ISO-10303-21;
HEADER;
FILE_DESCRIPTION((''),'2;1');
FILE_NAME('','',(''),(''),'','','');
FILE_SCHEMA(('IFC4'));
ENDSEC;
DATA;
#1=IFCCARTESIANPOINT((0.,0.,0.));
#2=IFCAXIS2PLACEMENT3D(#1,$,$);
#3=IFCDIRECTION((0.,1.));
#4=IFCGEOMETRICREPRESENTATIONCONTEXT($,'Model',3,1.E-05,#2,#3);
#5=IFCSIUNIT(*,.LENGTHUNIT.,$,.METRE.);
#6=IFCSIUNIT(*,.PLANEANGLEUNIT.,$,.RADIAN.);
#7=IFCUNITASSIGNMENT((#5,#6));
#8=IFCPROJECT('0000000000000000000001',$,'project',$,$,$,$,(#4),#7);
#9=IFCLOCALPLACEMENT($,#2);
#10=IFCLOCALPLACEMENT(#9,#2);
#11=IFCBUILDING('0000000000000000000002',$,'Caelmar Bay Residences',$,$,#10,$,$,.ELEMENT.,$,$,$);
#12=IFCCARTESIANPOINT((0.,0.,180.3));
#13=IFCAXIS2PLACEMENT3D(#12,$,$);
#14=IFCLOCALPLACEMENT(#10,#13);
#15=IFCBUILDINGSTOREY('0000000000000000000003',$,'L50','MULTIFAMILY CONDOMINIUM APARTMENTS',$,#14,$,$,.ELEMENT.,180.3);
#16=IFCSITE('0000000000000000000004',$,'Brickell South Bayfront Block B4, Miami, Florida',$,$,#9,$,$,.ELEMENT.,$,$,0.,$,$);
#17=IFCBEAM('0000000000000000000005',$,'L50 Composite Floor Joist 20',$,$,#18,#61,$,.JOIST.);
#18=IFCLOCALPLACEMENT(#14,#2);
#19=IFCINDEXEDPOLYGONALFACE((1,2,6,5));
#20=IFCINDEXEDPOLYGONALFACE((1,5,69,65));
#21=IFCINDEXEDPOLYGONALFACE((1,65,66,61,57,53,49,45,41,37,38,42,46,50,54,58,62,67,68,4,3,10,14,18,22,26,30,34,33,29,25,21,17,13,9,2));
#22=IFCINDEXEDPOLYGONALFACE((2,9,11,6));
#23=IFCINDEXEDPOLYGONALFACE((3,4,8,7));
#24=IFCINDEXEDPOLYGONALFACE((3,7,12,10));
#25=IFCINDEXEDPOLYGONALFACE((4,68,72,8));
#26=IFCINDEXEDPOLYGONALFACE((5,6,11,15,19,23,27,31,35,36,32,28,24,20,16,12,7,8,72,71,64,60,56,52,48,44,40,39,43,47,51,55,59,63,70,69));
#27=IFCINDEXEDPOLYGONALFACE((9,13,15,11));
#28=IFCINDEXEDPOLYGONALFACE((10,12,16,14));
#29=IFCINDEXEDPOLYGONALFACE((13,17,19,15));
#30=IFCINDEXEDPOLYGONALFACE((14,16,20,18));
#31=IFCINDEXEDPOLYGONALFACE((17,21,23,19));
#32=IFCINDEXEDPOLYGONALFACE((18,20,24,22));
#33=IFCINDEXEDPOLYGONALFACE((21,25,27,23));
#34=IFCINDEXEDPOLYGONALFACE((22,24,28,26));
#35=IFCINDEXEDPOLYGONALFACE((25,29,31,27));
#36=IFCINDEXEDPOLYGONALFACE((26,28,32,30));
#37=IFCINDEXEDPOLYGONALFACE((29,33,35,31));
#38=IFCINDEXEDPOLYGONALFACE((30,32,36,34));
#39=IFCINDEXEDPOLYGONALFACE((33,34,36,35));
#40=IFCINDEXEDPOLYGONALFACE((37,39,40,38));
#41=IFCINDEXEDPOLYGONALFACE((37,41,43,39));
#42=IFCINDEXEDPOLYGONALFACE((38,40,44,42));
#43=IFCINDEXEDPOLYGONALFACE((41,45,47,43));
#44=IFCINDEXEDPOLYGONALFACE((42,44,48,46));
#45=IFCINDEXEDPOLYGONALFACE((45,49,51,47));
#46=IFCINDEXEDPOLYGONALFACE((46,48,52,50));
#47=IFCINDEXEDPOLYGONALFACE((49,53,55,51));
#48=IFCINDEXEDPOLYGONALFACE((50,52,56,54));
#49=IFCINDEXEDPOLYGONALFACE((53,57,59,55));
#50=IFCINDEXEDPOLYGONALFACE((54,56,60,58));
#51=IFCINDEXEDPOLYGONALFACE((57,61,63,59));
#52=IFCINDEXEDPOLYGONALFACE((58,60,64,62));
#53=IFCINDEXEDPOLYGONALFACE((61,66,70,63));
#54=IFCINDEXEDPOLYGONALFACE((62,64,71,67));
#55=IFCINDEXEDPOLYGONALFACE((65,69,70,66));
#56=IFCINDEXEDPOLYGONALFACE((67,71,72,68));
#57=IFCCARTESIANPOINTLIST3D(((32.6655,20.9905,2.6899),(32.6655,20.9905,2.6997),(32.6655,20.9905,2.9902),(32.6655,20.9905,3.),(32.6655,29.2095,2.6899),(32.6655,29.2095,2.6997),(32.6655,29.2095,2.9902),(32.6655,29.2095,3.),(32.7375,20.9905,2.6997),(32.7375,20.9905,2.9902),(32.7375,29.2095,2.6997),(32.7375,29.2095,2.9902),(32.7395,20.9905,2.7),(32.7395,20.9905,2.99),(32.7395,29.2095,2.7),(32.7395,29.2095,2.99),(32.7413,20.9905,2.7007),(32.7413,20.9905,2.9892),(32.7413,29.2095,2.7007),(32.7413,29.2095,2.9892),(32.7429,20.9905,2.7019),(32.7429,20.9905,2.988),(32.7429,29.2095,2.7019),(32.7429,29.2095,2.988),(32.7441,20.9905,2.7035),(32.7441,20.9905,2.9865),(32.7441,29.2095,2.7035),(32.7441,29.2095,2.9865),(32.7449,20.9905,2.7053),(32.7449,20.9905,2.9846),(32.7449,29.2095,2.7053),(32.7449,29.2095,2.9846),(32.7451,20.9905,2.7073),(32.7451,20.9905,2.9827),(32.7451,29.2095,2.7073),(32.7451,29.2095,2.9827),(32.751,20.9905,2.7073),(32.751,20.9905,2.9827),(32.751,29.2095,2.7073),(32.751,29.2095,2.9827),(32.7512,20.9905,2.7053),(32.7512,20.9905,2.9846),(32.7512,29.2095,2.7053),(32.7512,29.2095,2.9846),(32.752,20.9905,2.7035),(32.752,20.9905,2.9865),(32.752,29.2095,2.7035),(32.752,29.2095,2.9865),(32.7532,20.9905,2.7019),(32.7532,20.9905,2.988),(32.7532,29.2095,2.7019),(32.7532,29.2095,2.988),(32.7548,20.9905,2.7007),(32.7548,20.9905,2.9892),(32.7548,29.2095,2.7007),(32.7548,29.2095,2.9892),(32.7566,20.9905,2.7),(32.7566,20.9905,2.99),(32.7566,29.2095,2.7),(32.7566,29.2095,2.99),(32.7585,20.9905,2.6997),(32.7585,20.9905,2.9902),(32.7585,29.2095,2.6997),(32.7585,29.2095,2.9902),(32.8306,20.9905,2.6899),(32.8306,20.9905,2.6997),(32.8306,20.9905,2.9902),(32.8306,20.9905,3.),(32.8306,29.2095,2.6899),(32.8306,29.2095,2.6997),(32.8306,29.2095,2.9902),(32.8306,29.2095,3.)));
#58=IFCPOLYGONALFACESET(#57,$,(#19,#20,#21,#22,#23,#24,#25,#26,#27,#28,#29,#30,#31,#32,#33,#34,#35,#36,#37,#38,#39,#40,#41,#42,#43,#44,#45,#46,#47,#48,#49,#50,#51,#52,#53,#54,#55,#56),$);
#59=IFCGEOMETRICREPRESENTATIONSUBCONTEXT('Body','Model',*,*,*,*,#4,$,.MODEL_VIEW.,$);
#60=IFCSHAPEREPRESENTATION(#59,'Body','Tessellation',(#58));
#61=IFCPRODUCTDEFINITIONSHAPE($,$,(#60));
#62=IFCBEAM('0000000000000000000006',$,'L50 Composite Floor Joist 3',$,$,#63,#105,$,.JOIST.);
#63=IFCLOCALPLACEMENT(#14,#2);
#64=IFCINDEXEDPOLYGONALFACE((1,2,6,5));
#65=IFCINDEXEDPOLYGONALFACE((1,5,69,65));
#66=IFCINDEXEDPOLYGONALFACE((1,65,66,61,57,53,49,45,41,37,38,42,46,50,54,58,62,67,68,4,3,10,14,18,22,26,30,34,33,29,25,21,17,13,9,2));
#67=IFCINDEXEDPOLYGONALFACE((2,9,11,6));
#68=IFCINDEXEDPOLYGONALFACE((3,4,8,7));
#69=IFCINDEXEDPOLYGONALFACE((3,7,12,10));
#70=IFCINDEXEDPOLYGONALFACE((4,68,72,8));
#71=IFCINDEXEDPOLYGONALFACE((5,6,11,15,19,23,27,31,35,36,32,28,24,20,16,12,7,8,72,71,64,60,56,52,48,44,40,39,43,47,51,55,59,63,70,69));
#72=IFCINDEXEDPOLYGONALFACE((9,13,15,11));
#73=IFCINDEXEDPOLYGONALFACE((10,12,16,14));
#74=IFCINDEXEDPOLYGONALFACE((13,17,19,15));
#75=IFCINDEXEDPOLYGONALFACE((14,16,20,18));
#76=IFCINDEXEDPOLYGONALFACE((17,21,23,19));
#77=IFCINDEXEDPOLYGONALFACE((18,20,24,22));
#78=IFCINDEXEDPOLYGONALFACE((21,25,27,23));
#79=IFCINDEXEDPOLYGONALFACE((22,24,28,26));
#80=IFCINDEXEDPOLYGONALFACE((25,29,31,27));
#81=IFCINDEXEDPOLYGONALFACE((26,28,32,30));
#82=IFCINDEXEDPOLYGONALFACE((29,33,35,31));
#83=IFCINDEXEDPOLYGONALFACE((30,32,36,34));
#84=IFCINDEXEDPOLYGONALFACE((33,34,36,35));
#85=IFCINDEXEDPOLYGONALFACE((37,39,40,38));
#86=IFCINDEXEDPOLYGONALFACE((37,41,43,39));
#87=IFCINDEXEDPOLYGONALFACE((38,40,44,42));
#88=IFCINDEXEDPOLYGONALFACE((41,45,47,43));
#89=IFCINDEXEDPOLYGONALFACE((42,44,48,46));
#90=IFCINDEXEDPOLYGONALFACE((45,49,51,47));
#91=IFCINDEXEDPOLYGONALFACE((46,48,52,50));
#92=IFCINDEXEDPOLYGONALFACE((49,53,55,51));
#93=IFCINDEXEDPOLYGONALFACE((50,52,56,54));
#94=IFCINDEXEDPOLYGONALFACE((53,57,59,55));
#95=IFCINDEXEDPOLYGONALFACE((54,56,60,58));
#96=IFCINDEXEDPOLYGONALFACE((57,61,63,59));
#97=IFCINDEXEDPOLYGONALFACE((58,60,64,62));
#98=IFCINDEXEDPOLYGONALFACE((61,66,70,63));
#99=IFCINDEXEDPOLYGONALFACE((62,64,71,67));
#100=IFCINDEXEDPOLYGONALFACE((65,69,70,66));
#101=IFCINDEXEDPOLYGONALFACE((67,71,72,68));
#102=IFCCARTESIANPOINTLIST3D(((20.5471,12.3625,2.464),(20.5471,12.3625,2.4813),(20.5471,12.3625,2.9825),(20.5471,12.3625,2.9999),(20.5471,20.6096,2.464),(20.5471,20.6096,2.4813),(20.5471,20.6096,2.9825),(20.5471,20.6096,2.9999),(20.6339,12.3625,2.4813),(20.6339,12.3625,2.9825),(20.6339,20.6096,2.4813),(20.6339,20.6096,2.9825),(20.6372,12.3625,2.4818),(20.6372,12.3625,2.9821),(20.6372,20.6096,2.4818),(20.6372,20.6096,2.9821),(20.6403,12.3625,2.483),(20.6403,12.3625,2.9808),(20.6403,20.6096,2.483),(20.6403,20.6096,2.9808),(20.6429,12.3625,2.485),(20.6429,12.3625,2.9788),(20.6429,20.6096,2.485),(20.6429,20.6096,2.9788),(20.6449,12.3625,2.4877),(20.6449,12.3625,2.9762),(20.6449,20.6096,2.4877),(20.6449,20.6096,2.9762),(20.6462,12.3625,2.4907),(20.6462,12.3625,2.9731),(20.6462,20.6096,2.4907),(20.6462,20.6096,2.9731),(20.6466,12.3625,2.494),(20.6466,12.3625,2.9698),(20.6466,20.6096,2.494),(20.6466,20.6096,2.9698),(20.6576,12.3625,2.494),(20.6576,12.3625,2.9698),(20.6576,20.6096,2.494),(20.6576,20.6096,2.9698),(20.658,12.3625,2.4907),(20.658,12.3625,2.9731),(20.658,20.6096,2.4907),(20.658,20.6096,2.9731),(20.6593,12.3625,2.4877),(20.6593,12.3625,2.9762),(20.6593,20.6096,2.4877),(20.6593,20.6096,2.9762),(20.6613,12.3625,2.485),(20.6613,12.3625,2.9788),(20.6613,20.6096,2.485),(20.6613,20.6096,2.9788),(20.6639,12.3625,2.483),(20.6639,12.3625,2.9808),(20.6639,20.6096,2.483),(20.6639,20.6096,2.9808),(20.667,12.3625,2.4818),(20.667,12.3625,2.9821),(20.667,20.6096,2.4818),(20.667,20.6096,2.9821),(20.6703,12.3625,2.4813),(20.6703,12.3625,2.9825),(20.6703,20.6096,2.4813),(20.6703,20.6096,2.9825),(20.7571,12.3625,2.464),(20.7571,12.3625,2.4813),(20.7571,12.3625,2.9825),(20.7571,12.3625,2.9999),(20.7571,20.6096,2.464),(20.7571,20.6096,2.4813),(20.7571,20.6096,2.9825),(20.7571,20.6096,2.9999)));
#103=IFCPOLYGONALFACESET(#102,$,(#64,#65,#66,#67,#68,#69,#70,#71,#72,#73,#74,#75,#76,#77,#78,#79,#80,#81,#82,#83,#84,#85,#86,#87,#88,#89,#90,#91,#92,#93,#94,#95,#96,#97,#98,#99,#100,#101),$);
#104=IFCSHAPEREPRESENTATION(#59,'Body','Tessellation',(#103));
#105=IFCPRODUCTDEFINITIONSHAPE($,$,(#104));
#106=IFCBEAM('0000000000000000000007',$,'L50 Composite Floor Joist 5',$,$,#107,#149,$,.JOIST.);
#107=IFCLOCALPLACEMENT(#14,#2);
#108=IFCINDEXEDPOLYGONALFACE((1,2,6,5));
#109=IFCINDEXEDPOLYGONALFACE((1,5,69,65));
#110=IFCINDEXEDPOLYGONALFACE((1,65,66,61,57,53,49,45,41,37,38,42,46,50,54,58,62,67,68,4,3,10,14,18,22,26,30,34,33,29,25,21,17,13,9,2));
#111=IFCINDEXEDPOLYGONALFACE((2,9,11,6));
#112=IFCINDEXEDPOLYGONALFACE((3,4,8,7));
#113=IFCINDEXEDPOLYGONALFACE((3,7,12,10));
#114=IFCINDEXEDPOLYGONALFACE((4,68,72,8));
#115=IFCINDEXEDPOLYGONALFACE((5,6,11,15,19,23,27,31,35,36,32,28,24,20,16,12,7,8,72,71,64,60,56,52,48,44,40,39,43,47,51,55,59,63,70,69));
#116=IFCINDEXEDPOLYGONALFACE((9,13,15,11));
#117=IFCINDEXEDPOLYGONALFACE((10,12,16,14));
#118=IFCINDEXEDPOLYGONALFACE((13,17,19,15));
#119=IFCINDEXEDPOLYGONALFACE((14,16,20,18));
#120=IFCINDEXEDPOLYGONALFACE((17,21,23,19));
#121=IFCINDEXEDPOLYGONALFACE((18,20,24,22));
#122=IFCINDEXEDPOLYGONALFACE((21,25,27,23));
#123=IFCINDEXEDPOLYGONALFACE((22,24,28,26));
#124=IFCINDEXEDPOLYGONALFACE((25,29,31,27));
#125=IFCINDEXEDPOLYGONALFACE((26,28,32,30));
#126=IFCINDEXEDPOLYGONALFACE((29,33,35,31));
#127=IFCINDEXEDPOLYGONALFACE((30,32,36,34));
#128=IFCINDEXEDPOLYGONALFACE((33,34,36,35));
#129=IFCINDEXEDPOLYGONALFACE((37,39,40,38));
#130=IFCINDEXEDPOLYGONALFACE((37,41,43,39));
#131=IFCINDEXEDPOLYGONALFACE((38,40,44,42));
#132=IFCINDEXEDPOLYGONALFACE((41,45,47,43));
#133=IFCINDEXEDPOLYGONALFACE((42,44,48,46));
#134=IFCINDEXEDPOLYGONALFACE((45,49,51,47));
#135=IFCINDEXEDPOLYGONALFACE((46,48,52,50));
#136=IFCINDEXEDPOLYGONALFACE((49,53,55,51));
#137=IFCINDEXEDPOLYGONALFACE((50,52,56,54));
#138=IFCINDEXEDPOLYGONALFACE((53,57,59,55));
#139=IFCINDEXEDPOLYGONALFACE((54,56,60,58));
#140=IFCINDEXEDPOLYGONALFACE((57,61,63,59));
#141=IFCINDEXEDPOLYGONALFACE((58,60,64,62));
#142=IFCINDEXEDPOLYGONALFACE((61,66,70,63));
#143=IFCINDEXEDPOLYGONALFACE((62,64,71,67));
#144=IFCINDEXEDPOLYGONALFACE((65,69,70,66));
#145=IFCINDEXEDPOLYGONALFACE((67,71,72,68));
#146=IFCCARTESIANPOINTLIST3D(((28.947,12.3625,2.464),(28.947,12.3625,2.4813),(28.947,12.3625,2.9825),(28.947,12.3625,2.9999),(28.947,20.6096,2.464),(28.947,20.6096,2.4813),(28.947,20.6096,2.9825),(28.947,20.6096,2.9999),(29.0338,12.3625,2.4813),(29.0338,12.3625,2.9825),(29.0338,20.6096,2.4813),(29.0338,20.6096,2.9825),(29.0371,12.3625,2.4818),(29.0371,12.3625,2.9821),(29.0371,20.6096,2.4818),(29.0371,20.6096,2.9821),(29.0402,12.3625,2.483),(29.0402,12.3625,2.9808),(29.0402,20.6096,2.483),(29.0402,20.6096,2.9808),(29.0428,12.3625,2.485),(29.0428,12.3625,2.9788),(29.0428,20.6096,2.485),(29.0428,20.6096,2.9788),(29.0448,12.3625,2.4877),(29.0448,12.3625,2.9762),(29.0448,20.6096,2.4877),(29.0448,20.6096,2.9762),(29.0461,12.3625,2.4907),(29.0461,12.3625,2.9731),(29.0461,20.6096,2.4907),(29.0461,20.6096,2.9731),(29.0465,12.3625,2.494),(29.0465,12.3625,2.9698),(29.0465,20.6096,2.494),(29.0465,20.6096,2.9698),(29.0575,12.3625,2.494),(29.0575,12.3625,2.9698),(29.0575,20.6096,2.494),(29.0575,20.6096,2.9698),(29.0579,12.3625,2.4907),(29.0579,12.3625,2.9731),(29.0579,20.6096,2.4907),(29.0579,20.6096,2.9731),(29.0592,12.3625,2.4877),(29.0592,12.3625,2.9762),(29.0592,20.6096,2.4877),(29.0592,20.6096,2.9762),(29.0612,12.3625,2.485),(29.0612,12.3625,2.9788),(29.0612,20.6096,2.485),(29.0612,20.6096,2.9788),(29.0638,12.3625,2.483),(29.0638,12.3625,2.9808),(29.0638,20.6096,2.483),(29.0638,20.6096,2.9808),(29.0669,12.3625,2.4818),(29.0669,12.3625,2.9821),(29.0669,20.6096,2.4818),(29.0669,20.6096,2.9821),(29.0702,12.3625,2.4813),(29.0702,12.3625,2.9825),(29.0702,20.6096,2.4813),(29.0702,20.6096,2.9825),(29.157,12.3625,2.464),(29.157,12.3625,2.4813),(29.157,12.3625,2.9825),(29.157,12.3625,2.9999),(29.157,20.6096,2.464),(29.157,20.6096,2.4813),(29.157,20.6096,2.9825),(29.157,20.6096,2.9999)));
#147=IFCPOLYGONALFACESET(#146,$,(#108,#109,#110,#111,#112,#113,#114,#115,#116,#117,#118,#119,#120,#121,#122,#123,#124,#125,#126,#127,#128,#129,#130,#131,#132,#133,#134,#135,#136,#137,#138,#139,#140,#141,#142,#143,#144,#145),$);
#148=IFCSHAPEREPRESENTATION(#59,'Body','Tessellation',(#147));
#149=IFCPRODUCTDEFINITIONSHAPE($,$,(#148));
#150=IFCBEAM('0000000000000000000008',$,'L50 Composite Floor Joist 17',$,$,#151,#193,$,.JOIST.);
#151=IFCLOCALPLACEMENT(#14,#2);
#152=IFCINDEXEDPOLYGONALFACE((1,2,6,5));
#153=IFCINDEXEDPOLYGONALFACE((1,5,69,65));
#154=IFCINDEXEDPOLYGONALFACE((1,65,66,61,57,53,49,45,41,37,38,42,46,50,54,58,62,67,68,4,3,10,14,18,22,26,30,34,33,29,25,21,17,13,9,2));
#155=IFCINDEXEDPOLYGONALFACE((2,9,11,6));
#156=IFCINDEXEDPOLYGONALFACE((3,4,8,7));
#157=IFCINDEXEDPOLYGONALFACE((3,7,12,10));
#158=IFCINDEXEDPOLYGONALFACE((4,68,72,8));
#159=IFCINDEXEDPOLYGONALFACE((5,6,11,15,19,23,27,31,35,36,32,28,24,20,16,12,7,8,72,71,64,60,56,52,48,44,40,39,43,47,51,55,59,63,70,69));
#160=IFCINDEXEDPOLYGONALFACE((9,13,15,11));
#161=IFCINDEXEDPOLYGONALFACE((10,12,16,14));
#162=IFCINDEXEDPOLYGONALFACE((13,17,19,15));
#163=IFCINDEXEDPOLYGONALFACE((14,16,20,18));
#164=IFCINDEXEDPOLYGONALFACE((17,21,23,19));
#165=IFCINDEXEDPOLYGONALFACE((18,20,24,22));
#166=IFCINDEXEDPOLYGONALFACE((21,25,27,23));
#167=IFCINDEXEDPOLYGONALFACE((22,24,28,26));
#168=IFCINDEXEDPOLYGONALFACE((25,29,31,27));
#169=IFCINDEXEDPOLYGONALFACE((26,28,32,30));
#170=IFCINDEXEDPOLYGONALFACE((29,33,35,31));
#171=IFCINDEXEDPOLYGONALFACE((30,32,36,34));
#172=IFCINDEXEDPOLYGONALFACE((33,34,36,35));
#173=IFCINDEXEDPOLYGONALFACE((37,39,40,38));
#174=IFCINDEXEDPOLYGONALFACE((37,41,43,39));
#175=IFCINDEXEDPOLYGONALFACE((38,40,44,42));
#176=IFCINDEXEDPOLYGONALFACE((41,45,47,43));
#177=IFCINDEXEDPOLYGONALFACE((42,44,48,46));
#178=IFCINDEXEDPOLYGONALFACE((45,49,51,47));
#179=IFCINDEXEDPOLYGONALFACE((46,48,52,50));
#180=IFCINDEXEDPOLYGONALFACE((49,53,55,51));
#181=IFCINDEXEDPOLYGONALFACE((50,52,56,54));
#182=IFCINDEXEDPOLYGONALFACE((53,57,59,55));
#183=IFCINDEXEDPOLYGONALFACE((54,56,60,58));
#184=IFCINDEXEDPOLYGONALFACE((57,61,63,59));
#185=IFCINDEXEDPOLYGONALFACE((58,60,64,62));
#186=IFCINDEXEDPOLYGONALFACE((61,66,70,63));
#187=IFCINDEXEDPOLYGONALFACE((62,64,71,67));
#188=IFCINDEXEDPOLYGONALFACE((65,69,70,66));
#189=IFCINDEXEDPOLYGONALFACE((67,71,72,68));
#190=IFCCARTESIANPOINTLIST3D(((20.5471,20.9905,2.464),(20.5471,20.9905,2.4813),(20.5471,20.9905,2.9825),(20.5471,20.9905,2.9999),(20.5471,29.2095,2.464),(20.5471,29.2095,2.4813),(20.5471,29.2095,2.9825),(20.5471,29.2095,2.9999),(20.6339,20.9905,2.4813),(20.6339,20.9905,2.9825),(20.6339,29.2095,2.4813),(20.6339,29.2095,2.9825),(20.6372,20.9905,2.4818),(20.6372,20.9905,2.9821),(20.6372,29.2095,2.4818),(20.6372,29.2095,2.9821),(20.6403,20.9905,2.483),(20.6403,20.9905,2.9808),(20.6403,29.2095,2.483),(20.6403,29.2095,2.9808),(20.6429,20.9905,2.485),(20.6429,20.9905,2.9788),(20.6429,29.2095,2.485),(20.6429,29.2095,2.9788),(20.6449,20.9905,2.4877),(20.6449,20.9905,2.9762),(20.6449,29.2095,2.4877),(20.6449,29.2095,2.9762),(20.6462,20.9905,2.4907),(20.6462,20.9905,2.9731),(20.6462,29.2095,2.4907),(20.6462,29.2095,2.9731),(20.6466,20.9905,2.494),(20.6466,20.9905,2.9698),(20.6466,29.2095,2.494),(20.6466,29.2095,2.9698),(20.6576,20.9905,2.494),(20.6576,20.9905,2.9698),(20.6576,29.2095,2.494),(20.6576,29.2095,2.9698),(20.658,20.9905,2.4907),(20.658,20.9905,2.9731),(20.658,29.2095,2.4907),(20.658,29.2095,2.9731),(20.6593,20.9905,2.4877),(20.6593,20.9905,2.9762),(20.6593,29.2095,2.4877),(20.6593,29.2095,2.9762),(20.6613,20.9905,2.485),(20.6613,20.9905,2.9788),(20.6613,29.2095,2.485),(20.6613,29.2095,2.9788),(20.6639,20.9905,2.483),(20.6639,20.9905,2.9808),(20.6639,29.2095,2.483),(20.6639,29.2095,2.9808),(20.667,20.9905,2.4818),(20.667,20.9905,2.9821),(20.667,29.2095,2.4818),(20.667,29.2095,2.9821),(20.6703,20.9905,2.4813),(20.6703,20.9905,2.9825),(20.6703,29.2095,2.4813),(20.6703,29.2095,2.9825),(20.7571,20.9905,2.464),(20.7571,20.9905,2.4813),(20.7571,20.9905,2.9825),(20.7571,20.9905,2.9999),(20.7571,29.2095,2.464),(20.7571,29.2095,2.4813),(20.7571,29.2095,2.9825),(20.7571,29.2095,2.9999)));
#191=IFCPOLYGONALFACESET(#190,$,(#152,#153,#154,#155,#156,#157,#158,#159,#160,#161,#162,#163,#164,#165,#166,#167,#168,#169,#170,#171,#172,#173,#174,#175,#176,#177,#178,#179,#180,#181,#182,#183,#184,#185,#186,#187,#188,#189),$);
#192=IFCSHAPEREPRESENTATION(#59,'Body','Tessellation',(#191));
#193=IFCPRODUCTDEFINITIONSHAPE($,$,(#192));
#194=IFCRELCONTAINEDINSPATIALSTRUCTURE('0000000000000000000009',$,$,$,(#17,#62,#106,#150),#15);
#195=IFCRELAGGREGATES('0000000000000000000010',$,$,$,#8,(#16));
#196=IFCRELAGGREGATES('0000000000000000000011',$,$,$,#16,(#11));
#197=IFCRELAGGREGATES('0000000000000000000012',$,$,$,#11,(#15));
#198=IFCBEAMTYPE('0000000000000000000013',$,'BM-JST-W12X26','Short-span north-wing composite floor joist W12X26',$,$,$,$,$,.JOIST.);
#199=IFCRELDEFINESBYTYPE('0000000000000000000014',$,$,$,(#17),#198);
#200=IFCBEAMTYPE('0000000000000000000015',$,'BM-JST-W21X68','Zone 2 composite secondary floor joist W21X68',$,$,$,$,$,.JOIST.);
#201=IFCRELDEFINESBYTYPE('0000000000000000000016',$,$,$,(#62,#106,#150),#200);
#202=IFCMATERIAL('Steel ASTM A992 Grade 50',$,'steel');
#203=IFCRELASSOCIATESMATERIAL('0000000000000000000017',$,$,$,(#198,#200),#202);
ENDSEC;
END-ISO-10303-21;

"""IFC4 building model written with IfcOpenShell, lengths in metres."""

from ifc_helpers import new_model, si_unit, direction, frame, origin, origin_2d, place, context, subcontext, project, spatial, i_section, extrude, material, material_profile, profile_set, type_object, element, save


model = new_model("IFC4")

# Units and contexts
model_context = context("Model", 3, precision=1e-05, world=origin(), true_north=direction((0.0, 1.0)))
body_context = subcontext(model_context, "Body", "Model", "MODEL_VIEW")
ifc_project = project(units=[si_unit("LENGTHUNIT", "METRE"), si_unit("PLANEANGLEUNIT", "RADIAN")], contexts=[model_context])

# Site, building, storey
site_placement = place(None, origin())
site = spatial("IfcSite", under=ifc_project, at=site_placement, Name="Brickell South Bayfront Block B4, Miami, Florida", CompositionType="ELEMENT", RefElevation=0.0)
building_placement = place(site_placement, origin())
building = spatial("IfcBuilding", under=site, at=building_placement, Name="Caelmar Bay Residences", CompositionType="ELEMENT")
storey_placement = place(building_placement, frame((0.0, 0.0, 180.3)))
storey = spatial("IfcBuildingStorey", under=building, at=storey_placement, Name="L50", Description="MULTIFAMILY CONDOMINIUM APARTMENTS", CompositionType="ELEMENT", Elevation=180.3)

# Beams
ifc_material_1 = material(Name="Steel ASTM A992 Grade 50", Category="steel")
ifc_material_profile_1 = material_profile(ifc_material_1, i_section(OverallWidth=0.165, OverallDepth=0.3101, WebThickness=0.0059, FlangeThickness=0.0098, FilletRadius=0.0076, at=origin_2d()), Name="W12X26")
ifc_profile_set_1 = profile_set([ifc_material_profile_1], Name="Steel ASTM A992 Grade 50")
beam_type_1 = type_object("IfcBeamType", Name="BM-JST-W12X26", Description="Short-span north-wing composite floor joist W12X26", PredefinedType="JOIST", material=ifc_profile_set_1)
for number, where, z_axis, x_axis, name in (
    (1, (32.748, 20.9905, 2.845), (0.0, 1.0, 0.0), (-1.0, 0.0, 0.0), "L50 Composite Floor Joist 20"),
):
    element("IfcBeam", number, at=place(storey_placement, frame(where, z_axis=z_axis, x_axis=x_axis)), inside=storey, type_object=beam_type_1, Name=name, PredefinedType="JOIST", context=body_context, shape_type="SweptSolid", body=[
        extrude(i_section(OverallWidth=0.165, OverallDepth=0.3101, WebThickness=0.0059, FlangeThickness=0.0098, FilletRadius=0.0076, at=origin_2d()), origin(), (0.0, 0.0, 1.0), 8.219),
    ])
ifc_material_profile_2 = material_profile(ifc_material_1, i_section(OverallWidth=0.21, OverallDepth=0.5359, WebThickness=0.011, FlangeThickness=0.0173, FilletRadius=0.0127, at=origin_2d()), Name="W21X68")
ifc_profile_set_2 = profile_set([ifc_material_profile_2], Name="Steel ASTM A992 Grade 50")
beam_type_2 = type_object("IfcBeamType", Name="BM-JST-W21X68", Description="Zone 2 composite secondary floor joist W21X68", PredefinedType="JOIST", material=ifc_profile_set_2)
for number, where, z_axis, x_axis, name in (
    (2, (20.6521, 12.3625, 2.7319), (0.0, 1.0, 0.0), (-1.0, 0.0, 0.0), "L50 Composite Floor Joist 3"),
    (3, (29.052, 12.3625, 2.7319), (0.0, 1.0, 0.0), (-1.0, 0.0, 0.0), "L50 Composite Floor Joist 5"),
):
    element("IfcBeam", number, at=place(storey_placement, frame(where, z_axis=z_axis, x_axis=x_axis)), inside=storey, type_object=beam_type_2, Name=name, PredefinedType="JOIST", context=body_context, shape_type="SweptSolid", body=[
        extrude(i_section(OverallWidth=0.21, OverallDepth=0.5359, WebThickness=0.011, FlangeThickness=0.0173, FilletRadius=0.0127, at=origin_2d()), origin(), (0.0, 0.0, 1.0), 8.2471),
    ])
for number, where, z_axis, x_axis, name in (
    (4, (20.6521, 20.9905, 2.7319), (0.0, 1.0, 0.0), (-1.0, 0.0, 0.0), "L50 Composite Floor Joist 17"),
):
    element("IfcBeam", number, at=place(storey_placement, frame(where, z_axis=z_axis, x_axis=x_axis)), inside=storey, type_object=beam_type_2, Name=name, PredefinedType="JOIST", context=body_context, shape_type="SweptSolid", body=[
        extrude(i_section(OverallWidth=0.21, OverallDepth=0.5359, WebThickness=0.011, FlangeThickness=0.0173, FilletRadius=0.0127, at=origin_2d()), origin(), (0.0, 0.0, 1.0), 8.219),
    ])

save(model, "model.ifc")
